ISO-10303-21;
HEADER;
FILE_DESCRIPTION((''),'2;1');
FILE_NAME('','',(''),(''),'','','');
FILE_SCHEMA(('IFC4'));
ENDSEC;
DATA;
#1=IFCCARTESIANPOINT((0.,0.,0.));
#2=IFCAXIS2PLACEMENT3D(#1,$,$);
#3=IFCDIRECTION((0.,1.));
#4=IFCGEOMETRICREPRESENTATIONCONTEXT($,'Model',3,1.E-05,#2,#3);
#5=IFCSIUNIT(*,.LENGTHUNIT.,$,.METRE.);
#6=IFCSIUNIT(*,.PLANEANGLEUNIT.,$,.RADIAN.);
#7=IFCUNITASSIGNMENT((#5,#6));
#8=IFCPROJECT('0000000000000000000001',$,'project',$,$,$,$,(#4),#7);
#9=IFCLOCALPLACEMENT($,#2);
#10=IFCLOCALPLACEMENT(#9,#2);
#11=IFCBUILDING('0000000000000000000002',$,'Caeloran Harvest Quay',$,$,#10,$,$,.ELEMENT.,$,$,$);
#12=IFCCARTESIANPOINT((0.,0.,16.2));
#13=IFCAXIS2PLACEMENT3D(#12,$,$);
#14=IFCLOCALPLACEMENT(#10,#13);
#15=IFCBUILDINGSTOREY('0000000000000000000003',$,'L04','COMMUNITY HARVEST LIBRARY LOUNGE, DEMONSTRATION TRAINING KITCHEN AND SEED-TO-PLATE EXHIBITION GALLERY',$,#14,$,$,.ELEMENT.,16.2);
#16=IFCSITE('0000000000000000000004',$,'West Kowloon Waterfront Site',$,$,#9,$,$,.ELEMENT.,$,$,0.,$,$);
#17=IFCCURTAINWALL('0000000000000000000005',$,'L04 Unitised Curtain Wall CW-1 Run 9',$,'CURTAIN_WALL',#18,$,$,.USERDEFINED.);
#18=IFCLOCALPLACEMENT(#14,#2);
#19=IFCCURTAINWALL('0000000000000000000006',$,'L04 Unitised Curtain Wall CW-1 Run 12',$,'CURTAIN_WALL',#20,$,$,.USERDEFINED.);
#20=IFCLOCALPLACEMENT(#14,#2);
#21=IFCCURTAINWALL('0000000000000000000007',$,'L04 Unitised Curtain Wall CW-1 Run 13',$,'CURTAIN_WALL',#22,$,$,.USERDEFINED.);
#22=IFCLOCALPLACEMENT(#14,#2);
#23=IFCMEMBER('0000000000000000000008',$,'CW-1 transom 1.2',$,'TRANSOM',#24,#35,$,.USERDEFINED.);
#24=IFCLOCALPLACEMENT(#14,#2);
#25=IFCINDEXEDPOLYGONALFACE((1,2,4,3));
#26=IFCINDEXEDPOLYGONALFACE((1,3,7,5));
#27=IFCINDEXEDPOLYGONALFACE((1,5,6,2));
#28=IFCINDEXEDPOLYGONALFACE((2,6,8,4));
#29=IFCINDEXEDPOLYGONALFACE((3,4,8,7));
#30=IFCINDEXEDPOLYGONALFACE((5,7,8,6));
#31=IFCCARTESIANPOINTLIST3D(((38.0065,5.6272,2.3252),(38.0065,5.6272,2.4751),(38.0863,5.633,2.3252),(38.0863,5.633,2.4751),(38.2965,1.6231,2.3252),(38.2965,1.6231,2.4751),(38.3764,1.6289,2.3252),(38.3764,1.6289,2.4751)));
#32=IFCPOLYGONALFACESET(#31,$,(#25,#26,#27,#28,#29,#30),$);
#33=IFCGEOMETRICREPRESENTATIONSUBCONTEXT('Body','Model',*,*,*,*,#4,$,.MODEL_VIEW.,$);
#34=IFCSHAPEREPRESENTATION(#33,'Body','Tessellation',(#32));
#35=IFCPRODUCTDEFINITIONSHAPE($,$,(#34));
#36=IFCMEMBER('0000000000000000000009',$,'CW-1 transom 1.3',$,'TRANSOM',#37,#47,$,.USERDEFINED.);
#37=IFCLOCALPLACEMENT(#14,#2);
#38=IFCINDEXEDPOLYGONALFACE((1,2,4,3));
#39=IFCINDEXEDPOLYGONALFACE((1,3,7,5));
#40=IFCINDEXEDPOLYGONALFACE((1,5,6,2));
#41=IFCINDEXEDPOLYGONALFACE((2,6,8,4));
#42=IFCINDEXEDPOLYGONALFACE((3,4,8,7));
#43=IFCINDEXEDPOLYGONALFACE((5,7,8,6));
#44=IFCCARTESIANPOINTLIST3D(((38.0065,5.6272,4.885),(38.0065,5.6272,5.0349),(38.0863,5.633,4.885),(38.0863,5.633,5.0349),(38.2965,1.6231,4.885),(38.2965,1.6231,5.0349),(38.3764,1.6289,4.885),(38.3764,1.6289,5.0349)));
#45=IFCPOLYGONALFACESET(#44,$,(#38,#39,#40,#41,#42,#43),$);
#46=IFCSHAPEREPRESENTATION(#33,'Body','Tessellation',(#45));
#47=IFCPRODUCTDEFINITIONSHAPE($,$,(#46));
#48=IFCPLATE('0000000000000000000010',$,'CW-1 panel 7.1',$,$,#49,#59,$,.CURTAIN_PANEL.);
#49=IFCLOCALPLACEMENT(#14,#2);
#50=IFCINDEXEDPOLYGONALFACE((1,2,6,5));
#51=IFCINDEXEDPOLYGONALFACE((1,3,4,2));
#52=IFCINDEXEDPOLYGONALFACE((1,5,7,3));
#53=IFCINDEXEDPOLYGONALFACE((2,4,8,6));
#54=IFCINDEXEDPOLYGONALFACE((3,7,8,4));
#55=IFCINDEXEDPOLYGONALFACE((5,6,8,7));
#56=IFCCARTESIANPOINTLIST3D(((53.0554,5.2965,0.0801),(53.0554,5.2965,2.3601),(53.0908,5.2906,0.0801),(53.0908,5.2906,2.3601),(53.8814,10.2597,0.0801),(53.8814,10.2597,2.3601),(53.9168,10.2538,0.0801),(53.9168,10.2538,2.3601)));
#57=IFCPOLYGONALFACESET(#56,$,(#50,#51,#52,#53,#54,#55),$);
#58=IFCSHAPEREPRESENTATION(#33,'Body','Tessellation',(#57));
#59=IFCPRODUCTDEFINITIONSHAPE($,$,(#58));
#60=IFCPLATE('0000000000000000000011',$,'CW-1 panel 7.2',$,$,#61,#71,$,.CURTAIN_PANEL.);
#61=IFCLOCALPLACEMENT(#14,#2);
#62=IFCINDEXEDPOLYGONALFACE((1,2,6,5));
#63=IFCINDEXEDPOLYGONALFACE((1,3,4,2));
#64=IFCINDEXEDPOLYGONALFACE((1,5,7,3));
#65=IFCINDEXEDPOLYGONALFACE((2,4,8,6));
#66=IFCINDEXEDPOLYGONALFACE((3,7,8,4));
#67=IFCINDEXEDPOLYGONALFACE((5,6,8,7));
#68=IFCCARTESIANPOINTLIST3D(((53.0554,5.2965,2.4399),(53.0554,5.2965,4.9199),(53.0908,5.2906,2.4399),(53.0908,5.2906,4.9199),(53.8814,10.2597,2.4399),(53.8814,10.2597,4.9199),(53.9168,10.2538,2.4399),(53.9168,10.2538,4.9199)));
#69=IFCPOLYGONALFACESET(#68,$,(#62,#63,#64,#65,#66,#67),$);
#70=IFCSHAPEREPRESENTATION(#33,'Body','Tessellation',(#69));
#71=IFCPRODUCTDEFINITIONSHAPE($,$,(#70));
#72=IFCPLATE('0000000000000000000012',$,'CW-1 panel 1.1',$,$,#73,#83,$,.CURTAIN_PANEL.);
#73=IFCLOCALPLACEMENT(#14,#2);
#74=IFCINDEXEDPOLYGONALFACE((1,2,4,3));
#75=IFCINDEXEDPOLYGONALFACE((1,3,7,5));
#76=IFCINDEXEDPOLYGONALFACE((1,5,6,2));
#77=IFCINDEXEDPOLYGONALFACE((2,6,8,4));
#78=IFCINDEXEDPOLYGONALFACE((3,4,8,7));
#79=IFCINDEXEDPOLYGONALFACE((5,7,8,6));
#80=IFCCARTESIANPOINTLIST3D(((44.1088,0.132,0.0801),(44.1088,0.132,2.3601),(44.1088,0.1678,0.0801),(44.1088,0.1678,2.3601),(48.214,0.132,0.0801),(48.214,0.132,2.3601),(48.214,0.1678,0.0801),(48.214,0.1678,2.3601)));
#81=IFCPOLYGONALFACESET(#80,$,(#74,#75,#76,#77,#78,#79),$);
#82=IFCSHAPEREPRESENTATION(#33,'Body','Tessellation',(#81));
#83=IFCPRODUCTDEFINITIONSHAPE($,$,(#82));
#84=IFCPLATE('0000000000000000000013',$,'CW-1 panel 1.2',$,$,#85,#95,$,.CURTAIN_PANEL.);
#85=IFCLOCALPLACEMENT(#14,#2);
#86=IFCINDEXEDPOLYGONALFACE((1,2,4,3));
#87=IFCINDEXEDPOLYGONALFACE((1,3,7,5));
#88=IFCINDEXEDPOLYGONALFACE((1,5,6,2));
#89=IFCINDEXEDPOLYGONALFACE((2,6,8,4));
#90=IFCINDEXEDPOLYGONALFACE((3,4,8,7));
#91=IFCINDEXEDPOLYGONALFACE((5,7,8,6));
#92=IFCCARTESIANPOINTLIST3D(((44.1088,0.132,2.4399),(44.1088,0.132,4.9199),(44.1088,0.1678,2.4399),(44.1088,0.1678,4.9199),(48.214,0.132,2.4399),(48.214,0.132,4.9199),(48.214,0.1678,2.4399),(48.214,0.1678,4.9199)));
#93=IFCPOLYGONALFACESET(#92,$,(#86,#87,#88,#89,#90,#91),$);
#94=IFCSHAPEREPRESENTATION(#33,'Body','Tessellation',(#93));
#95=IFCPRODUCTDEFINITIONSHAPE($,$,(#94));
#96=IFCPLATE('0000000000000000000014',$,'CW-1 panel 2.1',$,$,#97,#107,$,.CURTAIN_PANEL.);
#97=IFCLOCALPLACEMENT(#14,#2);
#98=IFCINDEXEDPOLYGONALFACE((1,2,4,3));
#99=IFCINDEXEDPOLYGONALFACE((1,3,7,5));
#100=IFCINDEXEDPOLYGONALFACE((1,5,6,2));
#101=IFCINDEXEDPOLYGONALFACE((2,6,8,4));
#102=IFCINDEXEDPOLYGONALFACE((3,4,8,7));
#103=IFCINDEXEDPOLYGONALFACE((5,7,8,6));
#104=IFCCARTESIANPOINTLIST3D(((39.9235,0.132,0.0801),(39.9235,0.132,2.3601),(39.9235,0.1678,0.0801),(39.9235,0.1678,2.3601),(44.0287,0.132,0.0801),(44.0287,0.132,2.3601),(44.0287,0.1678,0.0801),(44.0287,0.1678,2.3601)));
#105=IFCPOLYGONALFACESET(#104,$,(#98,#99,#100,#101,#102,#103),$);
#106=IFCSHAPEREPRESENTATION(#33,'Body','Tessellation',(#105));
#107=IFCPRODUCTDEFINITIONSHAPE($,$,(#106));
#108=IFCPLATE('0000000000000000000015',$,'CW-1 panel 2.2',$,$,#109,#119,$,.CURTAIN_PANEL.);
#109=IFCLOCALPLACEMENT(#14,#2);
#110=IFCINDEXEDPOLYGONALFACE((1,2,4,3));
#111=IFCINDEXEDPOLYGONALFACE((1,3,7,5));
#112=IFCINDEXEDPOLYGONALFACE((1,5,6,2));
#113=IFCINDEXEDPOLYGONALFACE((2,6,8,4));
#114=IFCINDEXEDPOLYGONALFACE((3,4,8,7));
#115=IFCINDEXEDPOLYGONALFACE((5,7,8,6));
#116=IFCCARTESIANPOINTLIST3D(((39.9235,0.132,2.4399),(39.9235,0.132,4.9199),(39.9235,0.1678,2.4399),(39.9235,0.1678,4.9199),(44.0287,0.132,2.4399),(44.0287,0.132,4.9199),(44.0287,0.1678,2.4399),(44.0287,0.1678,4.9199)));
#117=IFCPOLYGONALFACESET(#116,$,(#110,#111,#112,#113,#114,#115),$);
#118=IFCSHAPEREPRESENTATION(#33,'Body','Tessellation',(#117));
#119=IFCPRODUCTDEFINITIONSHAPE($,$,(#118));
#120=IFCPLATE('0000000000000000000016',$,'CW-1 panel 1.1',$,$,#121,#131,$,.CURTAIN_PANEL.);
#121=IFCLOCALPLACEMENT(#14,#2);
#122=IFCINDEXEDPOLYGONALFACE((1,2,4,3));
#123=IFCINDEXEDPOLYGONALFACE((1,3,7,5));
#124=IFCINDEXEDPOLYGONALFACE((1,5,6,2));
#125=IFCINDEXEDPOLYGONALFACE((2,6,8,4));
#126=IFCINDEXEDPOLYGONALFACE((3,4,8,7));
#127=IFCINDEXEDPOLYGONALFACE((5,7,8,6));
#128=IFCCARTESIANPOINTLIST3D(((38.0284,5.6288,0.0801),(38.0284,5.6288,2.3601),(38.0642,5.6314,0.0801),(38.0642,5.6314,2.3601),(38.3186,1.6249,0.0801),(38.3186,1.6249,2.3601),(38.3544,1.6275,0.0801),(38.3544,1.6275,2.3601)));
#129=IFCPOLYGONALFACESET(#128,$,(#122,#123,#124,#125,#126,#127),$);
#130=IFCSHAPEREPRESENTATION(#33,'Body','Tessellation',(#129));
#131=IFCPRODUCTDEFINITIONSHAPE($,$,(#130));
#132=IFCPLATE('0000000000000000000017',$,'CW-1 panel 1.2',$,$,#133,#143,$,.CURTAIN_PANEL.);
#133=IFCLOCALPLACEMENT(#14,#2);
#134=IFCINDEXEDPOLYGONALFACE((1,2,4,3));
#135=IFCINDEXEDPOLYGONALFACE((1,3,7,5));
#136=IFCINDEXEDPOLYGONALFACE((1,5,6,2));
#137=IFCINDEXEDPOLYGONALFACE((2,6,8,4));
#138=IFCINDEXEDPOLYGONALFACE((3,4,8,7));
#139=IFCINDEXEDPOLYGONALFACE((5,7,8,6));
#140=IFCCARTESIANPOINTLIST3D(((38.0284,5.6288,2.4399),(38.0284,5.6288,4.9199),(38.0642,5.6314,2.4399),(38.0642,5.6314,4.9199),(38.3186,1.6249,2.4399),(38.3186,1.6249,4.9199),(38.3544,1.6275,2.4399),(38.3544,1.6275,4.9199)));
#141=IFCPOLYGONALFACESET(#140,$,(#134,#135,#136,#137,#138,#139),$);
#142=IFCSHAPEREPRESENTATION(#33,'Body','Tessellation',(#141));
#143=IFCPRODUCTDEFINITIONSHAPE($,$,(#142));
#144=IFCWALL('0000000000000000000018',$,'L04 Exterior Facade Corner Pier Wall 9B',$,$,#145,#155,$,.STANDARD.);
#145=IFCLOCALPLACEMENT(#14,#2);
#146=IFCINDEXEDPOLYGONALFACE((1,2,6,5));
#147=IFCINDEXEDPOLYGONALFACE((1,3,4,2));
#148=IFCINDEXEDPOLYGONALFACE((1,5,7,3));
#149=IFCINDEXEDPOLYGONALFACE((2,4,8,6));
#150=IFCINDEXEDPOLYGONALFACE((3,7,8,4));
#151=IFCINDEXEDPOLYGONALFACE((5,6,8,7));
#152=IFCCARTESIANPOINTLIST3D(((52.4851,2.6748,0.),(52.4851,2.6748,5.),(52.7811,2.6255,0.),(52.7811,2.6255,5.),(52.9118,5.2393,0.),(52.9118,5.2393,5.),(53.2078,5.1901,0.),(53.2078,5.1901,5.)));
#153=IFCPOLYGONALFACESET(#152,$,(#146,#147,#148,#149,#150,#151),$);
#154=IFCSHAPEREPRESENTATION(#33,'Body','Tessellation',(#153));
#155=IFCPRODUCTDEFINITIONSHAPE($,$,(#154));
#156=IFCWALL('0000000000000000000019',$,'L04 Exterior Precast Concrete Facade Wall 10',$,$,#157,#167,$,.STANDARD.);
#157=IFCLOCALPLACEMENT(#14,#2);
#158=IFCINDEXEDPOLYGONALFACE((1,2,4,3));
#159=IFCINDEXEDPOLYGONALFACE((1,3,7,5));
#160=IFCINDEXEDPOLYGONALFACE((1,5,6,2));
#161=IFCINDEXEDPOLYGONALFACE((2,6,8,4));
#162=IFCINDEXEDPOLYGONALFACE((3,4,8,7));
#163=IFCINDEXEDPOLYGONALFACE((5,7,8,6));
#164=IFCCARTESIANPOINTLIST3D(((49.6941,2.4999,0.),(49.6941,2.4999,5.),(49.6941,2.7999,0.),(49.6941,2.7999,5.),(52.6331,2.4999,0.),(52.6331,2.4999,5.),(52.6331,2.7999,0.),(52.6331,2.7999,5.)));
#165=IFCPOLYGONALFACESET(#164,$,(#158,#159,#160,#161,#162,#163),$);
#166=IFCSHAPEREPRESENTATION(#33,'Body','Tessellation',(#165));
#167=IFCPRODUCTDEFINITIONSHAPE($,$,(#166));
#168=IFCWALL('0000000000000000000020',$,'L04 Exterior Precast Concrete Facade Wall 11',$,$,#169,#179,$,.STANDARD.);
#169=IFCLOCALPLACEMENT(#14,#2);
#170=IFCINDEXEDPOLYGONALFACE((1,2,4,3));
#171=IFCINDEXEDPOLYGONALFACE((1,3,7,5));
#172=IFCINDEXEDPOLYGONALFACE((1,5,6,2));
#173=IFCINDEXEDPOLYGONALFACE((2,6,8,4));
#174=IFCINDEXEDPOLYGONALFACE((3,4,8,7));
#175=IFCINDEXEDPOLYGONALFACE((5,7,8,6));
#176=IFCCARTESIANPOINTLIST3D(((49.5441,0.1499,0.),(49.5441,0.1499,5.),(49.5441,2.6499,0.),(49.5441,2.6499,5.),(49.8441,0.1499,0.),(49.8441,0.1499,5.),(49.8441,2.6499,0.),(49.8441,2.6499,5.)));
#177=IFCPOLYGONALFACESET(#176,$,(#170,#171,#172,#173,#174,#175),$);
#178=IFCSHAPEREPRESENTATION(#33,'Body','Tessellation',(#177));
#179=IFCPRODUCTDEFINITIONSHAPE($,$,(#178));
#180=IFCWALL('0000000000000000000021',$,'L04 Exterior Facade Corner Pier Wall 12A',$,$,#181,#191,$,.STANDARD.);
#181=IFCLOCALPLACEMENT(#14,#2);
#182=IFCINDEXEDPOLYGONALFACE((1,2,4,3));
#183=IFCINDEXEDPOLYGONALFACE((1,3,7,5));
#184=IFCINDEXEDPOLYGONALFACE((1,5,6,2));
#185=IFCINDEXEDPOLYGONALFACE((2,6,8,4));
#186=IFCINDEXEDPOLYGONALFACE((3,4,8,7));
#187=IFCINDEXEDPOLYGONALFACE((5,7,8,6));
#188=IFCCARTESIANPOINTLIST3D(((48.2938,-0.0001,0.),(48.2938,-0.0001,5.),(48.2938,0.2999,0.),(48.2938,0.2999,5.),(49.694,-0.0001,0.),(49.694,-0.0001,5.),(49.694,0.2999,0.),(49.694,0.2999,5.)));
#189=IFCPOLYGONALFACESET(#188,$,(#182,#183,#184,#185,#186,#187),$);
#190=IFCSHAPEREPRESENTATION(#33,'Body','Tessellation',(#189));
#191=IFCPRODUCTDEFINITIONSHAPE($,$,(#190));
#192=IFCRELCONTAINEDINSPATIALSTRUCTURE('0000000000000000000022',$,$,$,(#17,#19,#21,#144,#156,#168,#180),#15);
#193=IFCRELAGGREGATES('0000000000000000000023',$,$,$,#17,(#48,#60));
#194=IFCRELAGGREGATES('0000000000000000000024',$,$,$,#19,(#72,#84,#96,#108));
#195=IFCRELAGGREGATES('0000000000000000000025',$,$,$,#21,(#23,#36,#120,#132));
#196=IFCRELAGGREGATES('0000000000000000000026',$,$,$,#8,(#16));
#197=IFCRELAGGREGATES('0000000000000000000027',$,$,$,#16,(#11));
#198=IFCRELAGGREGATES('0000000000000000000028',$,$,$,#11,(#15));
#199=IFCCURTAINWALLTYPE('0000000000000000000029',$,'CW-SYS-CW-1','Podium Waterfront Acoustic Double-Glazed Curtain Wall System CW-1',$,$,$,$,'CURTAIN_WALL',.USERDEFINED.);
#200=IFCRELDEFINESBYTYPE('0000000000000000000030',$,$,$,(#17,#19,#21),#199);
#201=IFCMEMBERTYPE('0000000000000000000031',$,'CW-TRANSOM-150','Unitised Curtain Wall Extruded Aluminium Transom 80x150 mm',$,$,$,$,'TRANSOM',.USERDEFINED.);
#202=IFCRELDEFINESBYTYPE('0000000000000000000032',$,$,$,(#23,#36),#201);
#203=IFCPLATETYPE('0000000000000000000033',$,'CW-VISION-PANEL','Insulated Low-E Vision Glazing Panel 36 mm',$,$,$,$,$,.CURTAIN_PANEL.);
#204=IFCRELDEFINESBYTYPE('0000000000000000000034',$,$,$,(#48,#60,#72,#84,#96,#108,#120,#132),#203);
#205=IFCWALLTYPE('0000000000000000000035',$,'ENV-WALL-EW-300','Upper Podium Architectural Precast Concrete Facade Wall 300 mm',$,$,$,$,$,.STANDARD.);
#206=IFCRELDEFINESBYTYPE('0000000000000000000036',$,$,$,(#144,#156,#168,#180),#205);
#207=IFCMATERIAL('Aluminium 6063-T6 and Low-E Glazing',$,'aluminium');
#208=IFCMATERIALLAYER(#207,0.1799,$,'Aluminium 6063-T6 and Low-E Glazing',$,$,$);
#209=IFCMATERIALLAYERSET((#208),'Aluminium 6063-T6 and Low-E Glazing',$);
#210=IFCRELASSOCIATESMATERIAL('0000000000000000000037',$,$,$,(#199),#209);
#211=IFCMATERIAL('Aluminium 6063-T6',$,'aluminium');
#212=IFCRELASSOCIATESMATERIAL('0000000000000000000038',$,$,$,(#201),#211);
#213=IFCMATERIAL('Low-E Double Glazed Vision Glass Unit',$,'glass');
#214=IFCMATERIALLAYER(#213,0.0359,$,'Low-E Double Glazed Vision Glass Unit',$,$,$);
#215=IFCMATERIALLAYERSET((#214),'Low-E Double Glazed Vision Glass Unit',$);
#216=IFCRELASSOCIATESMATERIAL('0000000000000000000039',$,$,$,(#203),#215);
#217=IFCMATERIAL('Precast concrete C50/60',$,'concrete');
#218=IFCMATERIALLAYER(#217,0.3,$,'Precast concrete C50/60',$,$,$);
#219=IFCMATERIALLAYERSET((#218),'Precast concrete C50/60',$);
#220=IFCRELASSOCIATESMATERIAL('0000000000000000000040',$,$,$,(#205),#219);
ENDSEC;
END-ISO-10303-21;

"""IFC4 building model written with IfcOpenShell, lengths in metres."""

from ifc_helpers import new_model, si_unit, direction, frame, frame_2d, origin, origin_2d, place, context, subcontext, project, spatial, rectangle, extrude, material, layer, layer_set, material_profile, profile_set, type_object, element, aggregate, save


model = new_model("IFC4")

# Units and contexts
model_context = context("Model", 3, precision=1e-05, world=origin(), true_north=direction((0.0, 1.0)))
body_context = subcontext(model_context, "Body", "Model", "MODEL_VIEW")
ifc_project = project(units=[si_unit("LENGTHUNIT", "METRE"), si_unit("PLANEANGLEUNIT", "RADIAN")], contexts=[model_context])

# Site, building, storey
site_placement = place(None, origin())
site = spatial("IfcSite", under=ifc_project, at=site_placement, Name="West Kowloon Waterfront Site", CompositionType="ELEMENT", RefElevation=0.0)
building_placement = place(site_placement, origin())
building = spatial("IfcBuilding", under=site, at=building_placement, Name="Caeloran Harvest Quay", CompositionType="ELEMENT")
storey_placement = place(building_placement, frame((0.0, 0.0, 16.2)))
storey = spatial("IfcBuildingStorey", under=building, at=storey_placement, Name="L04", Description="COMMUNITY HARVEST LIBRARY LOUNGE, DEMONSTRATION TRAINING KITCHEN AND SEED-TO-PLATE EXHIBITION GALLERY", CompositionType="ELEMENT", Elevation=16.2)

# Curtain wall
ifc_material_1 = material(Name="Aluminium 6063-T6 and Low-E Glazing", Category="aluminium")
ifc_layer_1 = layer(ifc_material_1, 0.1799, Name="Aluminium 6063-T6 and Low-E Glazing")
ifc_layer_set_1 = layer_set([ifc_layer_1], Name="Aluminium 6063-T6 and Low-E Glazing")
curtain_wall_type = type_object("IfcCurtainWallType", Name="CW-SYS-CW-1", Description="Podium Waterfront Acoustic Double-Glazed Curtain Wall System CW-1", ElementType="CURTAIN_WALL", PredefinedType="USERDEFINED", material=ifc_layer_set_1)
curtain_wall_1_placement = place(storey_placement, origin())
curtain_wall_1 = element("IfcCurtainWall", 1, at=curtain_wall_1_placement, inside=storey, type_object=curtain_wall_type, Name="L04 Unitised Curtain Wall CW-1 Run 9", ObjectType="CURTAIN_WALL", PredefinedType="USERDEFINED")
ifc_material_2 = material(Name="Aluminium 6063-T6", Category="aluminium")

# Curtain wall
curtain_wall_2_placement = place(storey_placement, origin())
curtain_wall_2 = element("IfcCurtainWall", 2, at=curtain_wall_2_placement, inside=storey, type_object=curtain_wall_type, Name="L04 Unitised Curtain Wall CW-1 Run 12", ObjectType="CURTAIN_WALL", PredefinedType="USERDEFINED")

# Curtain wall
curtain_wall_3_placement = place(storey_placement, origin())
curtain_wall_3 = element("IfcCurtainWall", 3, at=curtain_wall_3_placement, inside=storey, type_object=curtain_wall_type, Name="L04 Unitised Curtain Wall CW-1 Run 13", ObjectType="CURTAIN_WALL", PredefinedType="USERDEFINED")

# Members
ifc_material_profile_1 = material_profile(ifc_material_2, rectangle(XDim=0.0801, YDim=0.1499, at=origin_2d()), Name="CW-TRANSOM-150")
ifc_profile_set_1 = profile_set([ifc_material_profile_1], Name="Aluminium 6063-T6")
member_type_1 = type_object("IfcMemberType", Name="CW-TRANSOM-150", Description="Unitised Curtain Wall Extruded Aluminium Transom 80x150 mm", ElementType="TRANSOM", PredefinedType="USERDEFINED", material=ifc_profile_set_1)
member_1_placement = place(storey_placement, frame((38.3364, 1.626, 2.4001), z_axis=(-0.072245, 0.997387, 0.0), x_axis=(-0.997387, -0.072245, 0.0)))
member_1 = element("IfcMember", 4, at=member_1_placement, type_object=member_type_1, Name="CW-1 transom 1.2", ObjectType="TRANSOM", PredefinedType="USERDEFINED", context=body_context, shape_type="SweptSolid", body=[
    extrude(rectangle(XDim=0.0801, YDim=0.1499, at=origin_2d()), origin(), (0.0, 0.0, 1.0), 4.0146),
])
member_2_placement = place(storey_placement, frame((38.3364, 1.626, 4.96), z_axis=(-0.072245, 0.997387, 0.0), x_axis=(-0.997387, -0.072245, 0.0)))
member_2 = element("IfcMember", 5, at=member_2_placement, type_object=member_type_1, Name="CW-1 transom 1.3", ObjectType="TRANSOM", PredefinedType="USERDEFINED", context=body_context, shape_type="SweptSolid", body=[
    extrude(rectangle(XDim=0.0801, YDim=0.1499, at=origin_2d()), origin(), (0.0, 0.0, 1.0), 4.0146),
])

# Plates
ifc_material_3 = material(Name="Low-E Double Glazed Vision Glass Unit", Category="glass")
ifc_layer_2 = layer(ifc_material_3, 0.0359, Name="Low-E Double Glazed Vision Glass Unit")
ifc_layer_set_2 = layer_set([ifc_layer_2], Name="Low-E Double Glazed Vision Glass Unit")
plate_type = type_object("IfcPlateType", Name="CW-VISION-PANEL", Description="Insulated Low-E Vision Glazing Panel 36 mm", PredefinedType="CURTAIN_PANEL", material=ifc_layer_set_2)
plate_1_placement = place(storey_placement, frame((53.4861, 7.7751, 0.0801), z_axis=(0.0, 0.0, 1.0), x_axis=(-0.164174, -0.986431, 0.0)))
plate_1 = element("IfcPlate", 6, at=plate_1_placement, type_object=plate_type, Name="CW-1 panel 7.1", PredefinedType="CURTAIN_PANEL", context=body_context, shape_type="SweptSolid", body=[
    extrude(rectangle(XDim=5.0315, YDim=0.0359, at=origin_2d()), origin(), (0.0, 0.0, 1.0), 2.28),
])
plate_2_placement = place(storey_placement, frame((53.4861, 7.7751, 2.4399), z_axis=(0.0, 0.0, 1.0), x_axis=(-0.164174, -0.986431, 0.0)))
plate_2 = element("IfcPlate", 7, at=plate_2_placement, type_object=plate_type, Name="CW-1 panel 7.2", PredefinedType="CURTAIN_PANEL", context=body_context, shape_type="SweptSolid", body=[
    extrude(rectangle(XDim=5.0315, YDim=0.0359, at=origin_2d()), origin(), (0.0, 0.0, 1.0), 2.48),
])
aggregate(curtain_wall_1, [plate_1, plate_2])
plate_3_placement = place(storey_placement, frame((46.1614, 0.1499, 0.0801), z_axis=(0.0, 0.0, 1.0), x_axis=(-1.0, 0.0, 0.0)))
plate_3 = element("IfcPlate", 8, at=plate_3_placement, type_object=plate_type, Name="CW-1 panel 1.1", PredefinedType="CURTAIN_PANEL", context=body_context, shape_type="SweptSolid", body=[
    extrude(rectangle(XDim=4.1052, YDim=0.0359, at=origin_2d()), origin(), (0.0, 0.0, 1.0), 2.28),
])
plate_4_placement = place(storey_placement, frame((46.1614, 0.1499, 2.4399), z_axis=(0.0, 0.0, 1.0), x_axis=(-1.0, 0.0, 0.0)))
plate_4 = element("IfcPlate", 9, at=plate_4_placement, type_object=plate_type, Name="CW-1 panel 1.2", PredefinedType="CURTAIN_PANEL", context=body_context, shape_type="SweptSolid", body=[
    extrude(rectangle(XDim=4.1052, YDim=0.0359, at=origin_2d()), origin(), (0.0, 0.0, 1.0), 2.48),
])
plate_5_placement = place(storey_placement, frame((41.9761, 0.1499, 0.0801), z_axis=(0.0, 0.0, 1.0), x_axis=(-1.0, 0.0, 0.0)))
plate_5 = element("IfcPlate", 10, at=plate_5_placement, type_object=plate_type, Name="CW-1 panel 2.1", PredefinedType="CURTAIN_PANEL", context=body_context, shape_type="SweptSolid", body=[
    extrude(rectangle(XDim=4.1052, YDim=0.0359, at=origin_2d()), origin(), (0.0, 0.0, 1.0), 2.28),
])
plate_6_placement = place(storey_placement, frame((41.9761, 0.1499, 2.4399), z_axis=(0.0, 0.0, 1.0), x_axis=(-1.0, 0.0, 0.0)))
plate_6 = element("IfcPlate", 11, at=plate_6_placement, type_object=plate_type, Name="CW-1 panel 2.2", PredefinedType="CURTAIN_PANEL", context=body_context, shape_type="SweptSolid", body=[
    extrude(rectangle(XDim=4.1052, YDim=0.0359, at=origin_2d()), origin(), (0.0, 0.0, 1.0), 2.48),
])
aggregate(curtain_wall_2, [plate_3, plate_4, plate_5, plate_6])
plate_7_placement = place(storey_placement, frame((38.1914, 3.6282, 0.0801), z_axis=(0.0, 0.0, 1.0), x_axis=(-0.072271, 0.997385, 0.0)))
plate_7 = element("IfcPlate", 12, at=plate_7_placement, type_object=plate_type, Name="CW-1 panel 1.1", PredefinedType="CURTAIN_PANEL", context=body_context, shape_type="SweptSolid", body=[
    extrude(rectangle(XDim=4.0144, YDim=0.0359, at=origin_2d()), origin(), (0.0, 0.0, 1.0), 2.28),
])
plate_8_placement = place(storey_placement, frame((38.1914, 3.6282, 2.4399), z_axis=(0.0, 0.0, 1.0), x_axis=(-0.072271, 0.997385, 0.0)))
plate_8 = element("IfcPlate", 13, at=plate_8_placement, type_object=plate_type, Name="CW-1 panel 1.2", PredefinedType="CURTAIN_PANEL", context=body_context, shape_type="SweptSolid", body=[
    extrude(rectangle(XDim=4.0144, YDim=0.0359, at=origin_2d()), origin(), (0.0, 0.0, 1.0), 2.48),
])
aggregate(curtain_wall_3, [member_1, member_2, plate_7, plate_8])

# Walls
ifc_material_4 = material(Name="Precast concrete C50/60", Category="concrete")
ifc_layer_3 = layer(ifc_material_4, 0.3, Name="Precast concrete C50/60")
ifc_layer_set_3 = layer_set([ifc_layer_3], Name="Precast concrete C50/60")
wall_type_1 = type_object("IfcWallType", Name="ENV-WALL-EW-300", Description="Upper Podium Architectural Precast Concrete Facade Wall 300 mm", PredefinedType="STANDARD", material=ifc_layer_set_3)
wall_1_placement = place(storey_placement, frame((53.0598, 5.2146, 0.0), z_axis=(0.0, 0.0, 1.0), x_axis=(-0.16414, -0.986437, 0.0)))
element("IfcWall", 14, at=wall_1_placement, inside=storey, type_object=wall_type_1, Name="L04 Exterior Facade Corner Pier Wall 9B", PredefinedType="STANDARD", context=body_context, shape_type="SweptSolid", body=[
    extrude(rectangle(XDim=2.5999, YDim=0.3, at=frame_2d((1.2998, 0.0))), origin(), (0.0, 0.0, 1.0), 5.0),
])
wall_2_placement = place(storey_placement, frame((52.6331, 2.6499, 0.0), z_axis=(0.0, 0.0, 1.0), x_axis=(-1.0, 0.0, 0.0)))
element("IfcWall", 15, at=wall_2_placement, inside=storey, type_object=wall_type_1, Name="L04 Exterior Precast Concrete Facade Wall 10", PredefinedType="STANDARD", context=body_context, shape_type="SweptSolid", body=[
    extrude(rectangle(XDim=2.939, YDim=0.3, at=frame_2d((1.4695, 0.0))), origin(), (0.0, 0.0, 1.0), 5.0),
])
wall_3_placement = place(storey_placement, frame((49.6941, 2.6499, 0.0), z_axis=(0.0, 0.0, 1.0), x_axis=(0.0, -1.0, 0.0)))
element("IfcWall", 16, at=wall_3_placement, inside=storey, type_object=wall_type_1, Name="L04 Exterior Precast Concrete Facade Wall 11", PredefinedType="STANDARD", context=body_context, shape_type="SweptSolid", body=[
    extrude(rectangle(XDim=2.5, YDim=0.3, at=frame_2d((1.25, 0.0))), origin(), (0.0, 0.0, 1.0), 5.0),
])
wall_4_placement = place(storey_placement, frame((49.6941, 0.1499, 0.0), z_axis=(0.0, 0.0, 1.0), x_axis=(-1.0, 0.0, 0.0)))
element("IfcWall", 17, at=wall_4_placement, inside=storey, type_object=wall_type_1, Name="L04 Exterior Facade Corner Pier Wall 12A", PredefinedType="STANDARD", context=body_context, shape_type="SweptSolid", body=[
    extrude(rectangle(XDim=1.4001, YDim=0.3, at=frame_2d((0.7002, 0.0))), origin(), (0.0, 0.0, 1.0), 5.0),
])

save(model, "model.ifc")
